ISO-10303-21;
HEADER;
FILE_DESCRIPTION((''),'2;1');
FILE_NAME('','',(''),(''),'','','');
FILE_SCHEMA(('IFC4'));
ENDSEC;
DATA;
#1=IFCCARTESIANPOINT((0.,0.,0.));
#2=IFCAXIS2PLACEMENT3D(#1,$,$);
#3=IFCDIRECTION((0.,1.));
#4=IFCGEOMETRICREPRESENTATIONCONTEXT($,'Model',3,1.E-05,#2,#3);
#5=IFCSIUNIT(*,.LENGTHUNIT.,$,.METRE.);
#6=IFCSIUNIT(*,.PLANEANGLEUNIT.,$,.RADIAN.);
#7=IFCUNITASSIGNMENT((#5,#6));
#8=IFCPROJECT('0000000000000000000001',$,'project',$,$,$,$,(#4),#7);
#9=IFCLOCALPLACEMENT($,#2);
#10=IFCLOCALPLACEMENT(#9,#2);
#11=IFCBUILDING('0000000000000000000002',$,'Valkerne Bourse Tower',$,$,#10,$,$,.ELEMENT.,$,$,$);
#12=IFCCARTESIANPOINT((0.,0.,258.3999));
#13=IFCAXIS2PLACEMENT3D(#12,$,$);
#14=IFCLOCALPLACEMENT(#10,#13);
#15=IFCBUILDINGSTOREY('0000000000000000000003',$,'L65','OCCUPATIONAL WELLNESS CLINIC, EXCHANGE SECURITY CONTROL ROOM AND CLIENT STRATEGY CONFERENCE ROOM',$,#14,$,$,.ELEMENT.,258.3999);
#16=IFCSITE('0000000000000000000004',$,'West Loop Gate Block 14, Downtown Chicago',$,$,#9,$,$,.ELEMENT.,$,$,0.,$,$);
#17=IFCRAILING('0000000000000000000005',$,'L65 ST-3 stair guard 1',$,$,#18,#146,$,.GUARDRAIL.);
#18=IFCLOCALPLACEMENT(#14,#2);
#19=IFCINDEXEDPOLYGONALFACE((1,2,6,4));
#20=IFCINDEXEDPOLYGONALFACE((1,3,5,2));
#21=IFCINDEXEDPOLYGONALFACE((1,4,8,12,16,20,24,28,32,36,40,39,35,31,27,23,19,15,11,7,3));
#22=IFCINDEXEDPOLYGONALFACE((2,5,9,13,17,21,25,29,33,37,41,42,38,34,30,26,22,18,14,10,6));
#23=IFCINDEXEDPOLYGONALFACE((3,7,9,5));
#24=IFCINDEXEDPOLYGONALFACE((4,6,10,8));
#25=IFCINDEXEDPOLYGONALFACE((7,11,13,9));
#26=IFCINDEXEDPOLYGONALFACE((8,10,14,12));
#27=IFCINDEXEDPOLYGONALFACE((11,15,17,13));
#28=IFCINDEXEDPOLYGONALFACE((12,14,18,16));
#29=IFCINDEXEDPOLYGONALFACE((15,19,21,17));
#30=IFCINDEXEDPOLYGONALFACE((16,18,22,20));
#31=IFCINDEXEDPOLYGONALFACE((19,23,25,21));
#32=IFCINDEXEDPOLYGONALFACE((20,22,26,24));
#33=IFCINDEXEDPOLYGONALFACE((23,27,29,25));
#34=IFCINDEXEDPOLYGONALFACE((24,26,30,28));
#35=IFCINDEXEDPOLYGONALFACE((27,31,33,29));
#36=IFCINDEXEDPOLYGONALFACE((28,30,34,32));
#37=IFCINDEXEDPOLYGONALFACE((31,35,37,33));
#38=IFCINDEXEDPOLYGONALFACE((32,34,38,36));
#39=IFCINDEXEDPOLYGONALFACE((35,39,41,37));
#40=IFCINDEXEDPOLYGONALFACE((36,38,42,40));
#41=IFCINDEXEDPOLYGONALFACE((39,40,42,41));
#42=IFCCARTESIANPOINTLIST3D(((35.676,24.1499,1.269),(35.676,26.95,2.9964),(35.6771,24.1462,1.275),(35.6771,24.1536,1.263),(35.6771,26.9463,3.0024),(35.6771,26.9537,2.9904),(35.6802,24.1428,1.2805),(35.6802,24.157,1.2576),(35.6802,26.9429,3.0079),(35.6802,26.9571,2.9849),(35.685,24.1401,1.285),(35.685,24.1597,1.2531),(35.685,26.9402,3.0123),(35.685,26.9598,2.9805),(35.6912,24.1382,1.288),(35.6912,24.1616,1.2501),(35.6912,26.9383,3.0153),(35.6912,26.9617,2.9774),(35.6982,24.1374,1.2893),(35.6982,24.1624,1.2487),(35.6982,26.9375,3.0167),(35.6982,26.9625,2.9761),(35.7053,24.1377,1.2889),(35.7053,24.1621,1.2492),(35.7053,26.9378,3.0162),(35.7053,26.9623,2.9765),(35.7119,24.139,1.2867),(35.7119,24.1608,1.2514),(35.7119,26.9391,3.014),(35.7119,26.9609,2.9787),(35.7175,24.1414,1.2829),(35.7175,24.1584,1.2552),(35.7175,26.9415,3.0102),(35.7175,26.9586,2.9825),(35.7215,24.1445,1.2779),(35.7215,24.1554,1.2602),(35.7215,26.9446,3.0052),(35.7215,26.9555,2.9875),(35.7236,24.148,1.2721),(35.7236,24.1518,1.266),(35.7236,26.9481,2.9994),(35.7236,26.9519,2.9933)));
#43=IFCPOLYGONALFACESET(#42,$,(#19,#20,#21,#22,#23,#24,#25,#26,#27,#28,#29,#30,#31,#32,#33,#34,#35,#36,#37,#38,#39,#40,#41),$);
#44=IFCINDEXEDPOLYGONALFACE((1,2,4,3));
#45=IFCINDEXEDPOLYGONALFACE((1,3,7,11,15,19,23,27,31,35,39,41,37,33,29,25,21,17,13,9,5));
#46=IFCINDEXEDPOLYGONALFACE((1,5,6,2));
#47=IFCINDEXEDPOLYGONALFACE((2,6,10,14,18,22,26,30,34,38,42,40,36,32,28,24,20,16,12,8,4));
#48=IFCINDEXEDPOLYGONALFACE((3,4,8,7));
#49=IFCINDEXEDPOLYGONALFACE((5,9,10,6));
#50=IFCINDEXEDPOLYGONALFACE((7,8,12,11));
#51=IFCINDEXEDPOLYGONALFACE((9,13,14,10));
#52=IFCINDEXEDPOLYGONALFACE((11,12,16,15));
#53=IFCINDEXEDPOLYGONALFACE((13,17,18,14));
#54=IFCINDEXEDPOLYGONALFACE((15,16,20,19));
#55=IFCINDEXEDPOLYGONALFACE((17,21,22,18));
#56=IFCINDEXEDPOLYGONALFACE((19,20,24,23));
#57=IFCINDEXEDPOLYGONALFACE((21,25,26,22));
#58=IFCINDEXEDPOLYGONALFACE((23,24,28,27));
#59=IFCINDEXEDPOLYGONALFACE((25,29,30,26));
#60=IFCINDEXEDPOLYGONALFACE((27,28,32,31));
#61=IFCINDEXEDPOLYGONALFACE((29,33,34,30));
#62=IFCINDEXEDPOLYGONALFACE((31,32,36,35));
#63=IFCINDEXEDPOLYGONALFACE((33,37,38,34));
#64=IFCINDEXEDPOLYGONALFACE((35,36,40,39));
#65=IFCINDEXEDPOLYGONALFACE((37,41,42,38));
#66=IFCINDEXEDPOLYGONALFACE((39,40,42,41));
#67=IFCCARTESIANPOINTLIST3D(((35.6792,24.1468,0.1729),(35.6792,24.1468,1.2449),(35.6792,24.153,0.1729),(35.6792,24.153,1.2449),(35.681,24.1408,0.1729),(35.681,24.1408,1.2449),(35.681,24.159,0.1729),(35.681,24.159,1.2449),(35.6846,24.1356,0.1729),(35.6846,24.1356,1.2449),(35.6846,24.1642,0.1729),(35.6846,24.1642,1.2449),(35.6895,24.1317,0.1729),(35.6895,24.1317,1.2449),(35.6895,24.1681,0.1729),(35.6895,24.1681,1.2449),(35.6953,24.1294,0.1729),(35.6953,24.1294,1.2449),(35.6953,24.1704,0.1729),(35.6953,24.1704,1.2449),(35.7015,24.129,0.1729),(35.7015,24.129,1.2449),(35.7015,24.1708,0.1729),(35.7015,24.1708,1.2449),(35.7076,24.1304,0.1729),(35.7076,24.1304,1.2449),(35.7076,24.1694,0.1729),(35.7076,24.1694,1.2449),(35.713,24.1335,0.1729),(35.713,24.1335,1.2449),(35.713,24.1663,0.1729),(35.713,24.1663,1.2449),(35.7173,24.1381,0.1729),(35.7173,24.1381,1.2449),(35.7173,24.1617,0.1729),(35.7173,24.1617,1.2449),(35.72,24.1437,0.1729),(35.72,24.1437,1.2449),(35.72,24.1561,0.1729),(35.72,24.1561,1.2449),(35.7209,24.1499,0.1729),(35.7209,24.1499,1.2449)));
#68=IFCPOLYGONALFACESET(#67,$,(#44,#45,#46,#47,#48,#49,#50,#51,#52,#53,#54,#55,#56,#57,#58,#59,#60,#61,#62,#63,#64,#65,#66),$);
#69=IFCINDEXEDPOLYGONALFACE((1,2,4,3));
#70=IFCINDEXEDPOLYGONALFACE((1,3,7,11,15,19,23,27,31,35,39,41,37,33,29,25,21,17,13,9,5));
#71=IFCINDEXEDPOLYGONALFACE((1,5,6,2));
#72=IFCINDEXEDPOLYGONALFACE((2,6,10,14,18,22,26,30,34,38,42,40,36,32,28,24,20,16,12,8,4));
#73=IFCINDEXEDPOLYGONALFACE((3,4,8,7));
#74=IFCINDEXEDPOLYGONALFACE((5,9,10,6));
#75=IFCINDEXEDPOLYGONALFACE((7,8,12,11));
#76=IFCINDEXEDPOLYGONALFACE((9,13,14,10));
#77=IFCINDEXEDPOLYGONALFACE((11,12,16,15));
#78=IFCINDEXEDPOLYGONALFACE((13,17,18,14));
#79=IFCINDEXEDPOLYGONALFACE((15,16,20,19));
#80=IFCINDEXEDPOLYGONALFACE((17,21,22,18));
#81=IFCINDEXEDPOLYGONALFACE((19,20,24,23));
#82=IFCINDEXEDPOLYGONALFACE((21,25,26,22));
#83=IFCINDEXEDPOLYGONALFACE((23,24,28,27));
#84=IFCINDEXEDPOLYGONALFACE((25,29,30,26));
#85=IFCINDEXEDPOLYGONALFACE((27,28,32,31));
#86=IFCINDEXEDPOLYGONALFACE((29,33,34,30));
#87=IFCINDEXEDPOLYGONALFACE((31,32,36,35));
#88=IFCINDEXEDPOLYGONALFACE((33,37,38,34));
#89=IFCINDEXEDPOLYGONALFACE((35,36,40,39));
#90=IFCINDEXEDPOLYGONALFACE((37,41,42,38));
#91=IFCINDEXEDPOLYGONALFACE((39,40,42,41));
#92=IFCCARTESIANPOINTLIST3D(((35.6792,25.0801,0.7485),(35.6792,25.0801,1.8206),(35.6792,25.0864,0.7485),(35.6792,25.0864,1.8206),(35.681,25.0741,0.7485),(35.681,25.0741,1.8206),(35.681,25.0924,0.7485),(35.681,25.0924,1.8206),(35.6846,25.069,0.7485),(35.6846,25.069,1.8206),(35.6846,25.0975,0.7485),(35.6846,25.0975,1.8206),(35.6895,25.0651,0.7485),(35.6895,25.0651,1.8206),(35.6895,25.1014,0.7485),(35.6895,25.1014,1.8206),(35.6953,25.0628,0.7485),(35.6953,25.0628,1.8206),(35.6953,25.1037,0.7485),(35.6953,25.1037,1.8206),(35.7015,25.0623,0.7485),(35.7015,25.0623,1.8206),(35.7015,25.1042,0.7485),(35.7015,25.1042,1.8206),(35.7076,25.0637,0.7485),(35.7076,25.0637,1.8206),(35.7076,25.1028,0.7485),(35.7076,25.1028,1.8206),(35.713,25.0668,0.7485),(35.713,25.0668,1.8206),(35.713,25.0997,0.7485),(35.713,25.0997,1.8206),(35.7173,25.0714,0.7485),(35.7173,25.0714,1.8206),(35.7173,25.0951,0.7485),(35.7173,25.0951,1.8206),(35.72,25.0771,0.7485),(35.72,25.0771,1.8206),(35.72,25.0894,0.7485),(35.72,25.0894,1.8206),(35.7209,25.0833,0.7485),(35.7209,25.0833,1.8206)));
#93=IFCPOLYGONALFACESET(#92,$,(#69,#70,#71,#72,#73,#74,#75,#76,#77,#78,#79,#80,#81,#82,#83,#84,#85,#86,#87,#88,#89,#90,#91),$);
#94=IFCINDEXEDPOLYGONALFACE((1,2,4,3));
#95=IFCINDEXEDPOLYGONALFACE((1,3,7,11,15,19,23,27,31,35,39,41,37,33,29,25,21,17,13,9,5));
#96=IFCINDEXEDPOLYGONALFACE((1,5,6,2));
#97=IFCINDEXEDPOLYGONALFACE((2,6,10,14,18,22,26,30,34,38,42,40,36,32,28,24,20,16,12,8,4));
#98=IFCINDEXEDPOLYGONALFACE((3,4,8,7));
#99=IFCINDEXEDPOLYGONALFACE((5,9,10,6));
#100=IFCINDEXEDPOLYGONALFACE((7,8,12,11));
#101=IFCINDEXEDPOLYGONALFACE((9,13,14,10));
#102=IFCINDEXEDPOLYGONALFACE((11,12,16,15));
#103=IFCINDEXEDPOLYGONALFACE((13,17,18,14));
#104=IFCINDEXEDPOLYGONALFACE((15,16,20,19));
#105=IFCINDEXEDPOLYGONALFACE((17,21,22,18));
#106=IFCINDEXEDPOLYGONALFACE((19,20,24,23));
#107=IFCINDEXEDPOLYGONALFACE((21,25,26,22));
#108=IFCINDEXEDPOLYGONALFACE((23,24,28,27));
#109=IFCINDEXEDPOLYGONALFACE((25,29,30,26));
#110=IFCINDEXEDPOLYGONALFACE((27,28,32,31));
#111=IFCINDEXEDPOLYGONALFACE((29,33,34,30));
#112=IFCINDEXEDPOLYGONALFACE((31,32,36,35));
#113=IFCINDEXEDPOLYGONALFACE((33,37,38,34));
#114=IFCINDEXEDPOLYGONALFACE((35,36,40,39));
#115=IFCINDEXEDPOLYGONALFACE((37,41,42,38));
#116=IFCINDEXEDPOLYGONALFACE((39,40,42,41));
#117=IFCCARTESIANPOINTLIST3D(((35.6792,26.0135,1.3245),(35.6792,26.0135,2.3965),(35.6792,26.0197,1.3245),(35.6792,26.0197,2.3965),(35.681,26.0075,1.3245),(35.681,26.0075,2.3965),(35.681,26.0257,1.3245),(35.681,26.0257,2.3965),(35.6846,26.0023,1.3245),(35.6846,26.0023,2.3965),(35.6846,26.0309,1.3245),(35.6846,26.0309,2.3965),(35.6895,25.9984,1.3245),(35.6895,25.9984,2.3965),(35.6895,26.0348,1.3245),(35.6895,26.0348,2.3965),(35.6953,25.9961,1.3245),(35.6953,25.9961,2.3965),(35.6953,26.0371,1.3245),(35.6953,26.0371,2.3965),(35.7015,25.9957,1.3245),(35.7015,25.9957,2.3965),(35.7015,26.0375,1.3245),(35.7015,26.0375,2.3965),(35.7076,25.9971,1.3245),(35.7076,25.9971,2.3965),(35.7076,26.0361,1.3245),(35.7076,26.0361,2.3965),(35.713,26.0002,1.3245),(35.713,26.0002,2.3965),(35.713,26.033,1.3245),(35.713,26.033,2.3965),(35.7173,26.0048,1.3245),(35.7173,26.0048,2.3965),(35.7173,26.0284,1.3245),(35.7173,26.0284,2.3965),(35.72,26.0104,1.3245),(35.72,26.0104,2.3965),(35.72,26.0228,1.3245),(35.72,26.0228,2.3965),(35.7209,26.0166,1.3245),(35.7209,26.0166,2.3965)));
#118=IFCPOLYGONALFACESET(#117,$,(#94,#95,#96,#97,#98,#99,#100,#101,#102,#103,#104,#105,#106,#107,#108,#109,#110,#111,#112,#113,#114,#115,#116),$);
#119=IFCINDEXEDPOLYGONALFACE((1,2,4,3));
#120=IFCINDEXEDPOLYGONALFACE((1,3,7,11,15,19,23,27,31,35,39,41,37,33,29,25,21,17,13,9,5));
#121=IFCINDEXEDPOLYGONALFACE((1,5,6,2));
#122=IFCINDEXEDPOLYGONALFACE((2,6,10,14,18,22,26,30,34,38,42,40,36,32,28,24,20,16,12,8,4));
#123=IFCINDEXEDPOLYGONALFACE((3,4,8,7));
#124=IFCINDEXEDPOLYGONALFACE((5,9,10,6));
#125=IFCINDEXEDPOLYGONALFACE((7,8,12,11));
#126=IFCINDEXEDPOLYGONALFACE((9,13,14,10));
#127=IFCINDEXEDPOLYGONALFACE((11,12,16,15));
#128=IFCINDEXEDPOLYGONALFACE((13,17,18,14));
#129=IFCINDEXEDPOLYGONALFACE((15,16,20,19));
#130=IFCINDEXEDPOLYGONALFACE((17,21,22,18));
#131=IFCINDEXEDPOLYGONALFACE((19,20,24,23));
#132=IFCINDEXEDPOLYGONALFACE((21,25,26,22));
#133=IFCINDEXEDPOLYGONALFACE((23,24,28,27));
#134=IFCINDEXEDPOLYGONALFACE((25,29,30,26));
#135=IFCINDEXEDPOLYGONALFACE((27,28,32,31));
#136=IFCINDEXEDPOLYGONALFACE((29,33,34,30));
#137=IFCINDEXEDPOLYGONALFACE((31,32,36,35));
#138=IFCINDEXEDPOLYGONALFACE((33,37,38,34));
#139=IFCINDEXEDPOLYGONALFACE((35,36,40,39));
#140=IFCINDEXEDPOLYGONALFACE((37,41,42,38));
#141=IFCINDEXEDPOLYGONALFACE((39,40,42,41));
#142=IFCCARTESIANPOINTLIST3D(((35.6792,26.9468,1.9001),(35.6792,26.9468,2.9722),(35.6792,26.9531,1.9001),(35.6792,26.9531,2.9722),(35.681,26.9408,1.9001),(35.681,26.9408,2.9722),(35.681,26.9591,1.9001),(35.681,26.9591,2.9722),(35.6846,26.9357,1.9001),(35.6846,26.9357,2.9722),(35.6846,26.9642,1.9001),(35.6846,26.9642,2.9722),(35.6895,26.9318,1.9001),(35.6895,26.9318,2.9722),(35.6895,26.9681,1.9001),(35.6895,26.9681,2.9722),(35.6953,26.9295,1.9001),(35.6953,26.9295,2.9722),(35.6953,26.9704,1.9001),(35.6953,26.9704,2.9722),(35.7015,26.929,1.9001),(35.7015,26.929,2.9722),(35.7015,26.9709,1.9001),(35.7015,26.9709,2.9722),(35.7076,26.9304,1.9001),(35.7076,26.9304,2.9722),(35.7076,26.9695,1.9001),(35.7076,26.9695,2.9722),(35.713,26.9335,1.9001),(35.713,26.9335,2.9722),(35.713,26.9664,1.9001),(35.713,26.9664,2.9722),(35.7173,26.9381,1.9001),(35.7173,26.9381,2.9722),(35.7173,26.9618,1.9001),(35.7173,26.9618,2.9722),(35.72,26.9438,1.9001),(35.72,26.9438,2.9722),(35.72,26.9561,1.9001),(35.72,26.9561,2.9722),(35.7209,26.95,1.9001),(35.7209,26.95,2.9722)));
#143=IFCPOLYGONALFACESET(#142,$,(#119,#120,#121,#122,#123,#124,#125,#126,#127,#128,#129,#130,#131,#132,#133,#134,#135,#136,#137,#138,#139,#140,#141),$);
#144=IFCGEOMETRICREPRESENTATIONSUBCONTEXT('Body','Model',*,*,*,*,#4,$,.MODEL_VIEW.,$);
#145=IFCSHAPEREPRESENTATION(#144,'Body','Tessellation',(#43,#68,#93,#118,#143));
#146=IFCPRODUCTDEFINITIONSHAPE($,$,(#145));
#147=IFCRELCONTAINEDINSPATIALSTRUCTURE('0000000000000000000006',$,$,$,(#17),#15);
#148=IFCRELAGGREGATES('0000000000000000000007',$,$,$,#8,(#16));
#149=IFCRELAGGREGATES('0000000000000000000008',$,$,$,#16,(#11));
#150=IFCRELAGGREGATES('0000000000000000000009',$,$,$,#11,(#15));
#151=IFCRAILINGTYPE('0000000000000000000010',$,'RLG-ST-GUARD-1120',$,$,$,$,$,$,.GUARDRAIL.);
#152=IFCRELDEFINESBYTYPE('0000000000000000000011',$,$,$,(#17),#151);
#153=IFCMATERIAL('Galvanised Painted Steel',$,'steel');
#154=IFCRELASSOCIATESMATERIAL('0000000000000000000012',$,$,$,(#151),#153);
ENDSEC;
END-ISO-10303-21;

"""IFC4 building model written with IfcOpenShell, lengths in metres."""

from ifc_helpers import new_model, si_unit, direction, frame, origin, origin_2d, place, context, subcontext, project, spatial, circle, extrude, material, type_object, element, save


model = new_model("IFC4")

# Units and contexts
model_context = context("Model", 3, precision=1e-05, world=origin(), true_north=direction((0.0, 1.0)))
body_context = subcontext(model_context, "Body", "Model", "MODEL_VIEW")
ifc_project = project(units=[si_unit("LENGTHUNIT", "METRE"), si_unit("PLANEANGLEUNIT", "RADIAN")], contexts=[model_context])

# Site, building, storey
site_placement = place(None, origin())
site = spatial("IfcSite", under=ifc_project, at=site_placement, Name="West Loop Gate Block 14, Downtown Chicago", CompositionType="ELEMENT", RefElevation=0.0)
building_placement = place(site_placement, origin())
building = spatial("IfcBuilding", under=site, at=building_placement, Name="Valkerne Bourse Tower", CompositionType="ELEMENT")
storey_placement = place(building_placement, frame((0.0, 0.0, 258.3999)))
storey = spatial("IfcBuildingStorey", under=building, at=storey_placement, Name="L65", Description="OCCUPATIONAL WELLNESS CLINIC, EXCHANGE SECURITY CONTROL ROOM AND CLIENT STRATEGY CONFERENCE ROOM", CompositionType="ELEMENT", Elevation=258.3999)

# Railing
ifc_material_1 = material(Name="Galvanised Painted Steel", Category="steel")
railing_type_1 = type_object("IfcRailingType", Name="RLG-ST-GUARD-1120", PredefinedType="GUARDRAIL", material=ifc_material_1)
railing_1_placement = place(storey_placement, frame((35.7, 24.1499, 0.1729)))
element("IfcRailing", 1, at=railing_1_placement, inside=storey, type_object=railing_type_1, Name="L65 ST-3 stair guard 1", PredefinedType="GUARDRAIL", context=body_context, shape_type="SweptSolid", body=[
    extrude(circle(Radius=0.0239, at=origin_2d()), frame((0.0, 0.0, 1.0962), z_axis=(0.0, 0.85109, 0.52502), x_axis=(-1.0, 0.0, 0.0)), (0.0, 0.0, 1.0), 3.29),
    extrude(circle(Radius=0.021, at=origin_2d()), origin(), (0.0, 0.0, 1.0), 1.072),
    extrude(circle(Radius=0.021, at=origin_2d()), frame((0.0, 0.9333, 0.5757)), (0.0, 0.0, 1.0), 1.072),
    extrude(circle(Radius=0.021, at=origin_2d()), frame((0.0, 1.8667, 1.1516)), (0.0, 0.0, 1.0), 1.072),
    extrude(circle(Radius=0.021, at=origin_2d()), frame((0.0, 2.8, 1.7273)), (0.0, 0.0, 1.0), 1.072),
])

save(model, "model.ifc")
